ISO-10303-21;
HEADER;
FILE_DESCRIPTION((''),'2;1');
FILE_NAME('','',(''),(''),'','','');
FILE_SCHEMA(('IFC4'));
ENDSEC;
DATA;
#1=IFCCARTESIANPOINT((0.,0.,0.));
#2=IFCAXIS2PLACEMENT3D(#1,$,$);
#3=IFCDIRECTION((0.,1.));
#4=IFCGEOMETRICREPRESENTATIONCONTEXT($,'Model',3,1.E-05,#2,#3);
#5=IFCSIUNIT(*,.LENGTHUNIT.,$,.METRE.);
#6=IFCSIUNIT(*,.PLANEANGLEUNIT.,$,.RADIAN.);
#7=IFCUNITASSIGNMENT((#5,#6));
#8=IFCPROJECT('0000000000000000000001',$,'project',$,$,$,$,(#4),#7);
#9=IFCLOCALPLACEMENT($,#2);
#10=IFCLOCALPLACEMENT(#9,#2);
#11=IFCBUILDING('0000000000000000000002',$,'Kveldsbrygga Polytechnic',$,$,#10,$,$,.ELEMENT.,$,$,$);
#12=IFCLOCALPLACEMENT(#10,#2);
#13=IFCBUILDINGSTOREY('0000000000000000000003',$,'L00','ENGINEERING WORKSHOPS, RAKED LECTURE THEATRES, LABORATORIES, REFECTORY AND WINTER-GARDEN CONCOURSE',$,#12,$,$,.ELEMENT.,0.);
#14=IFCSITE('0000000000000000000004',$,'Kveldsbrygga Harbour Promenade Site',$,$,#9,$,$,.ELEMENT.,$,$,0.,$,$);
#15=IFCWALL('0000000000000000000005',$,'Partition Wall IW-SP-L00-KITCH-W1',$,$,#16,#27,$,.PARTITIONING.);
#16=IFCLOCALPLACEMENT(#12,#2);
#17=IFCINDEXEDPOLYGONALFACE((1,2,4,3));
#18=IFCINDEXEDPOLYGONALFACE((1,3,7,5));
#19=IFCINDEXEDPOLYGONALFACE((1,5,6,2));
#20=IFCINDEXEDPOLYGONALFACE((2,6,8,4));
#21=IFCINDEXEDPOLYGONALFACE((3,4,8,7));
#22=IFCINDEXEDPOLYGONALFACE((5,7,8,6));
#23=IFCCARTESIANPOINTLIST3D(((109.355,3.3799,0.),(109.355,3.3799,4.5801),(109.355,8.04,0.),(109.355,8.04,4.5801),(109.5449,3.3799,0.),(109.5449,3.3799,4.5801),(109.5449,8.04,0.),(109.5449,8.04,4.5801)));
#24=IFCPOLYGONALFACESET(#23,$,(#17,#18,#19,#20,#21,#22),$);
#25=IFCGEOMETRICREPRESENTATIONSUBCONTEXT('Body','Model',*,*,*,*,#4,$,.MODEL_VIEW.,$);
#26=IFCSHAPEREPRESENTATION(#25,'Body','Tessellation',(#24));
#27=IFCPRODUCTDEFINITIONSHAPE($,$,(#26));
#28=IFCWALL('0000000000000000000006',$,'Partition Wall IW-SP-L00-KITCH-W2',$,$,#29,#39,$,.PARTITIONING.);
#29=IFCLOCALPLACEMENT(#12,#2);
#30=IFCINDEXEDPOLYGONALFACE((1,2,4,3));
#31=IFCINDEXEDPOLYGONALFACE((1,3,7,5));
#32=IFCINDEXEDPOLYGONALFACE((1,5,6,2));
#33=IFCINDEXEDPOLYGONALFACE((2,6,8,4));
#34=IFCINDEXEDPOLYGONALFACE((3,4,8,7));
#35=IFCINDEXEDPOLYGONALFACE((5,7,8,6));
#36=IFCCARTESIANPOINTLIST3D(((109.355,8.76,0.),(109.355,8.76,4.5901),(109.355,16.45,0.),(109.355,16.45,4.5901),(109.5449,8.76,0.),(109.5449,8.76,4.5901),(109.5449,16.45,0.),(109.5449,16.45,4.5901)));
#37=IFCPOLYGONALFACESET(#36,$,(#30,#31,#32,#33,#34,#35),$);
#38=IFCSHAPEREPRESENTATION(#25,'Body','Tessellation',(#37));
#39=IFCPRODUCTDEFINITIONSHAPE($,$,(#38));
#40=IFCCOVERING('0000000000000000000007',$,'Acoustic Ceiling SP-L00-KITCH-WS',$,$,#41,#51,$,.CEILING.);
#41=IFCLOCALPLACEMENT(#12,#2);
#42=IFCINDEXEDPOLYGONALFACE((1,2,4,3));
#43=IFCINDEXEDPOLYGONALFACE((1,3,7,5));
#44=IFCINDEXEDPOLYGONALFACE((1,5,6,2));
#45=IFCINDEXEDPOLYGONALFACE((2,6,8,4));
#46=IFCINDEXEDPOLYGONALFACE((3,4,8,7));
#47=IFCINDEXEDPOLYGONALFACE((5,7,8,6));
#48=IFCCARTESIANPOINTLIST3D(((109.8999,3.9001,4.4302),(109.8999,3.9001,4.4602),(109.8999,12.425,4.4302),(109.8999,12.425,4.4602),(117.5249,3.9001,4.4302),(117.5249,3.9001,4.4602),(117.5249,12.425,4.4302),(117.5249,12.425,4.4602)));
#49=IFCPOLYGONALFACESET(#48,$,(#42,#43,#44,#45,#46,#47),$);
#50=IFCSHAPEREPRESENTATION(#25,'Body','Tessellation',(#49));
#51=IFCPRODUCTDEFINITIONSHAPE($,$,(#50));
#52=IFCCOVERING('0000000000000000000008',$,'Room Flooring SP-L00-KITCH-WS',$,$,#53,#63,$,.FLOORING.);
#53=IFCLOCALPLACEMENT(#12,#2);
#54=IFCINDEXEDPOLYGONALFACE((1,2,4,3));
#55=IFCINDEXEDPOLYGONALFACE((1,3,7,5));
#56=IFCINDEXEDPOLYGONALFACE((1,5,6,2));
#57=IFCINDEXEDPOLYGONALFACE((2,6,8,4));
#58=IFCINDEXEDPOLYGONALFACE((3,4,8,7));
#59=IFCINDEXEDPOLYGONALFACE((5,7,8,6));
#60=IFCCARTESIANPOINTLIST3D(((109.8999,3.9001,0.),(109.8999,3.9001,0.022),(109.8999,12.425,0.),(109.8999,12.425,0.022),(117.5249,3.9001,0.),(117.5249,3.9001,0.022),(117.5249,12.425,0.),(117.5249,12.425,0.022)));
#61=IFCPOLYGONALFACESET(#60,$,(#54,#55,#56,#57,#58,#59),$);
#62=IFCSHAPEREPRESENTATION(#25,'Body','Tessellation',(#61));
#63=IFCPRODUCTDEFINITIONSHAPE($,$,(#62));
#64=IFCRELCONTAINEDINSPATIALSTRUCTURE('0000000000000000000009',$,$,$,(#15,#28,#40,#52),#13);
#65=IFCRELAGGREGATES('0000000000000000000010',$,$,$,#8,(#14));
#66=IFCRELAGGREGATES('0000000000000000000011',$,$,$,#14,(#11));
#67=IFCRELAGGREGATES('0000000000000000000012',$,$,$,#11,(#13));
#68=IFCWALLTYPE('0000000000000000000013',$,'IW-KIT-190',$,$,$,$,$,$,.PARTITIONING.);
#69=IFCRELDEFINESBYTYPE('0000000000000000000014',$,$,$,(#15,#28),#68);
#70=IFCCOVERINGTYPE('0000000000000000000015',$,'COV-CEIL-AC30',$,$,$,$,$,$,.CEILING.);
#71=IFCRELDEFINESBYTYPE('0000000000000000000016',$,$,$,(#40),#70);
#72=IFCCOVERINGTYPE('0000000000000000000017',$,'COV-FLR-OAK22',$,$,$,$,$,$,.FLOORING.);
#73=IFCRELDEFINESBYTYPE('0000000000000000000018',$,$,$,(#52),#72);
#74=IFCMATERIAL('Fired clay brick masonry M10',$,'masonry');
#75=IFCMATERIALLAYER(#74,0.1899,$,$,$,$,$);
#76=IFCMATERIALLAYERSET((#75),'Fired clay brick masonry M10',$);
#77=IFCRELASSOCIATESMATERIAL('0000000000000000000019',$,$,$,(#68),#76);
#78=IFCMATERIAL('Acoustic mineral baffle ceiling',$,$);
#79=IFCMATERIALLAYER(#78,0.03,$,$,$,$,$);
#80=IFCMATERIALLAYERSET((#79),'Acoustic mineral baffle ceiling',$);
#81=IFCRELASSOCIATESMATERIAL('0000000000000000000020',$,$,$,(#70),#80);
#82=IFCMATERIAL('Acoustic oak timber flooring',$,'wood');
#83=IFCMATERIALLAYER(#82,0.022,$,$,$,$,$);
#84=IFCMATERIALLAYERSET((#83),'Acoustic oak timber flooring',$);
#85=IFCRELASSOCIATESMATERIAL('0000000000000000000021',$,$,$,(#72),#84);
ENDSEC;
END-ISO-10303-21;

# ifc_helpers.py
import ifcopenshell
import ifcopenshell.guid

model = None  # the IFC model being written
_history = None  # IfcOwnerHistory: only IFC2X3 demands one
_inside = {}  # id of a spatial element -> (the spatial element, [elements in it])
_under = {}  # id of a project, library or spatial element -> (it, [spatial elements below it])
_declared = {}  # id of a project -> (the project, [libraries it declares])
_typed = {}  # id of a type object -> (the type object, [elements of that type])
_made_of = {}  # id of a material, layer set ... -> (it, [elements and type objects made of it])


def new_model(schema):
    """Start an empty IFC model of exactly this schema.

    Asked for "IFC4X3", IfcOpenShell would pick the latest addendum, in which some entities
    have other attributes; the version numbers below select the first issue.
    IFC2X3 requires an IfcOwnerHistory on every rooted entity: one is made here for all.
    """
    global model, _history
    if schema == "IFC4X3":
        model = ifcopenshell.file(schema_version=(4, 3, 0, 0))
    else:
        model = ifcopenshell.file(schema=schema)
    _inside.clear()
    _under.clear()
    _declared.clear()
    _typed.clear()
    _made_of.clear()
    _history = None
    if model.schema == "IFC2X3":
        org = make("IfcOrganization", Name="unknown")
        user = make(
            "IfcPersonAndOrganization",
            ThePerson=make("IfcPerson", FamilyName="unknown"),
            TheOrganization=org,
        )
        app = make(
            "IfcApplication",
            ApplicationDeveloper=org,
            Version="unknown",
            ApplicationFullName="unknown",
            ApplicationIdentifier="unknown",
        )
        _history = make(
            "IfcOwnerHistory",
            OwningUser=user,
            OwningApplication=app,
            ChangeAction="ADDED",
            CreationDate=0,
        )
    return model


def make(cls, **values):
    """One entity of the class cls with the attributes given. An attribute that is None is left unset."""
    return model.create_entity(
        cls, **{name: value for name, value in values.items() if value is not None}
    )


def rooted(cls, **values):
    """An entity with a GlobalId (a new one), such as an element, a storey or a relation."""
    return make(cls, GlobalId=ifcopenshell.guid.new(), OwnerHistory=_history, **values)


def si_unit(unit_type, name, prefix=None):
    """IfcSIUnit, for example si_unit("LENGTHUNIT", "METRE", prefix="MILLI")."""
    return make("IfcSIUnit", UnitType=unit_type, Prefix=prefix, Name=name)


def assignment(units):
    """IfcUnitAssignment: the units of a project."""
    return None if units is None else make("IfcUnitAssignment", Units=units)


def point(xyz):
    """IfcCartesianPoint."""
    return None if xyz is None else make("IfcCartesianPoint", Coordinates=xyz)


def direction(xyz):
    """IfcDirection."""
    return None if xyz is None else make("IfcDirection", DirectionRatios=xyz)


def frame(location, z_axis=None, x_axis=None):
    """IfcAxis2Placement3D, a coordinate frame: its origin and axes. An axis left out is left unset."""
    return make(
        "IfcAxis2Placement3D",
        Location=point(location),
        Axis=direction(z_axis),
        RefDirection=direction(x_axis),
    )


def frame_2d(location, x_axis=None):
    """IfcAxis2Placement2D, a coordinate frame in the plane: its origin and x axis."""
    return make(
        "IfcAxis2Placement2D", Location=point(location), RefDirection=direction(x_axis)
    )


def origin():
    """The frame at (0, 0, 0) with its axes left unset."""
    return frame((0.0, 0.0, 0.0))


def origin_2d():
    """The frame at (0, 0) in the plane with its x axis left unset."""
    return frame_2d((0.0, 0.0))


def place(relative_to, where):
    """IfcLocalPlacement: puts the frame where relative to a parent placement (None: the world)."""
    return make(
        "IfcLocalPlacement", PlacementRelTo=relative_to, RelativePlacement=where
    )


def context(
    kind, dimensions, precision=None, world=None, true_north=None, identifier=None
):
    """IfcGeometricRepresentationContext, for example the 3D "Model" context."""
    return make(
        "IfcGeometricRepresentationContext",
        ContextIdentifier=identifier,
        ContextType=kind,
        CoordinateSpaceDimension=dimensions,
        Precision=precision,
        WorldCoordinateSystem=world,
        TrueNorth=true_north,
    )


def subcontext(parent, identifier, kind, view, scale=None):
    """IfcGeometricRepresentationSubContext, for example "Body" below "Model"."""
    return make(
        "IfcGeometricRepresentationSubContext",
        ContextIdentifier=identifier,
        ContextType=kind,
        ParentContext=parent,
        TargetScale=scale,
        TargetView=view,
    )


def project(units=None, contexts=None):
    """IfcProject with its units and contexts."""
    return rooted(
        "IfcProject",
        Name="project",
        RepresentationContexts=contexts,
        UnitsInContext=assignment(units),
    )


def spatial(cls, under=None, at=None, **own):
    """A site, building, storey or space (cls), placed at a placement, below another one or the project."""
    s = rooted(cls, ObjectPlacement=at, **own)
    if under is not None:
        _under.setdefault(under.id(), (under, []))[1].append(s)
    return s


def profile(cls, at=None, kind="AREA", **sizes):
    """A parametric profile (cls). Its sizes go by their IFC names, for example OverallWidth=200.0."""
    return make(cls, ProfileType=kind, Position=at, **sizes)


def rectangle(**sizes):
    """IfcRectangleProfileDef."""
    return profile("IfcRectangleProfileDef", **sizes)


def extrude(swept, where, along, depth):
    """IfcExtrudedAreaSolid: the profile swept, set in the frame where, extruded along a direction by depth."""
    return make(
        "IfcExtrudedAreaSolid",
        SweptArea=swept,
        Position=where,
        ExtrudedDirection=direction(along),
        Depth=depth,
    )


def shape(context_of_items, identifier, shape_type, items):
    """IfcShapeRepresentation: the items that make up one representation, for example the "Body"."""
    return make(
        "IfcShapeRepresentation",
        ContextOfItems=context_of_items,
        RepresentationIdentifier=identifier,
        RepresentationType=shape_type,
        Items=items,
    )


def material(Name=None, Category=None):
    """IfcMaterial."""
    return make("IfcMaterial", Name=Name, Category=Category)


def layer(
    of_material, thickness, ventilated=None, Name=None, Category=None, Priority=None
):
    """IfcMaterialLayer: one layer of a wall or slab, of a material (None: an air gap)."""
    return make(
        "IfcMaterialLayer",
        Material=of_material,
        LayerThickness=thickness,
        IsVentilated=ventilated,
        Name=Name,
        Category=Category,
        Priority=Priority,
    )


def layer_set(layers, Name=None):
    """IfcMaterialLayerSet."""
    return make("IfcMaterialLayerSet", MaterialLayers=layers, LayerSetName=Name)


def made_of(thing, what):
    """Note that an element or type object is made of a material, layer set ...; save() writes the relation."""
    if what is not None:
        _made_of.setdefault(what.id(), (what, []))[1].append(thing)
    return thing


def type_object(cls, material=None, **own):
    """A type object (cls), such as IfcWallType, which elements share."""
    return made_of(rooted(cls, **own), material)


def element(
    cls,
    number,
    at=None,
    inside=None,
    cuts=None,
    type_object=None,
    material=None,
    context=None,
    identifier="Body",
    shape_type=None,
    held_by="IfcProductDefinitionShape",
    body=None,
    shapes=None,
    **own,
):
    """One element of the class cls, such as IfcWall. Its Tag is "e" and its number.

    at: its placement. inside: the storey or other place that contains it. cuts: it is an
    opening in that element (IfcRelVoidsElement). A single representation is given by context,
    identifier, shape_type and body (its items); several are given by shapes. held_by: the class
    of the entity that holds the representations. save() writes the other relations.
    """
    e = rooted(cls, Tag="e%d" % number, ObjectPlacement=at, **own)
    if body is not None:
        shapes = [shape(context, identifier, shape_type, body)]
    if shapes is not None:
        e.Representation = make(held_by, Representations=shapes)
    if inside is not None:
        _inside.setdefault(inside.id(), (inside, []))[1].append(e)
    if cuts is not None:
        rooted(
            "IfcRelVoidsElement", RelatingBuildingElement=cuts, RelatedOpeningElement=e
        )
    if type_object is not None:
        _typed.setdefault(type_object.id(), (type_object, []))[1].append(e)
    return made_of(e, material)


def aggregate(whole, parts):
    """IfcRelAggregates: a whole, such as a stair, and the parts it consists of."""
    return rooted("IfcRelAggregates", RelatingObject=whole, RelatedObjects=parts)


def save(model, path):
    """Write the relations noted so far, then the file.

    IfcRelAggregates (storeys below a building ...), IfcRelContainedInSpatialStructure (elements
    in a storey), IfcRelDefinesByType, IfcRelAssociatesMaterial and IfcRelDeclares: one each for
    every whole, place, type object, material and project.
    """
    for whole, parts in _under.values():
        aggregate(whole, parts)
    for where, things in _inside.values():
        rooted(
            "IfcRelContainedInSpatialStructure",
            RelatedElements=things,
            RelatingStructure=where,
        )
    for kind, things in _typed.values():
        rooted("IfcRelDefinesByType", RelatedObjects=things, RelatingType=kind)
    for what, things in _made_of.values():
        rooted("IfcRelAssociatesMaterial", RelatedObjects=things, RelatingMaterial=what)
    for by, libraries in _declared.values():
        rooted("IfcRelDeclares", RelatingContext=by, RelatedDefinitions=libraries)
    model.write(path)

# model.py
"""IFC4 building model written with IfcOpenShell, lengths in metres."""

from ifc_helpers import new_model, si_unit, direction, frame, frame_2d, origin, origin_2d, place, context, subcontext, project, spatial, rectangle, extrude, material, layer, layer_set, type_object, element, save


model = new_model("IFC4")

# Units and contexts
model_context = context("Model", 3, precision=1e-05, world=origin(), true_north=direction((0.0, 1.0)))
body_context = subcontext(model_context, "Body", "Model", "MODEL_VIEW")
ifc_project = project(units=[si_unit("LENGTHUNIT", "METRE"), si_unit("PLANEANGLEUNIT", "RADIAN")], contexts=[model_context])

# Site, building, storey
site_placement = place(None, origin())
site = spatial("IfcSite", under=ifc_project, at=site_placement, Name="Kveldsbrygga Harbour Promenade Site", CompositionType="ELEMENT", RefElevation=0.0)
building_placement = place(site_placement, origin())
building = spatial("IfcBuilding", under=site, at=building_placement, Name="Kveldsbrygga Polytechnic", CompositionType="ELEMENT")
storey_placement = place(building_placement, origin())
storey = spatial("IfcBuildingStorey", under=building, at=storey_placement, Name="L00", Description="ENGINEERING WORKSHOPS, RAKED LECTURE THEATRES, LABORATORIES, REFECTORY AND WINTER-GARDEN CONCOURSE", CompositionType="ELEMENT", Elevation=0.0)

# Shared definitions
ifc_material_1 = material(Name="Fired clay brick masonry M10", Category="masonry")

# Walls
ifc_layer_1 = layer(ifc_material_1, 0.1899)
ifc_layer_set_1 = layer_set([ifc_layer_1], Name="Fired clay brick masonry M10")
wall_type_1 = type_object("IfcWallType", Name="IW-KIT-190", PredefinedType="PARTITIONING", material=ifc_layer_set_1)
wall_1_placement = place(storey_placement, frame((109.45, 3.3799, 0.0), z_axis=(0.0, 0.0, 1.0), x_axis=(0.0, 1.0, 0.0)))
element("IfcWall", 1, at=wall_1_placement, inside=storey, type_object=wall_type_1, Name="Partition Wall IW-SP-L00-KITCH-W1", PredefinedType="PARTITIONING", context=body_context, shape_type="SweptSolid", body=[
    extrude(rectangle(XDim=4.6602, YDim=0.1899, at=frame_2d((2.3301, 0.0))), origin(), (0.0, 0.0, 1.0), 4.5801),
])
wall_2_placement = place(storey_placement, frame((109.45, 8.76, 0.0), z_axis=(0.0, 0.0, 1.0), x_axis=(0.0, 1.0, 0.0)))
element("IfcWall", 2, at=wall_2_placement, inside=storey, type_object=wall_type_1, Name="Partition Wall IW-SP-L00-KITCH-W2", PredefinedType="PARTITIONING", context=body_context, shape_type="SweptSolid", body=[
    extrude(rectangle(XDim=7.6899, YDim=0.1899, at=frame_2d((3.845, 0.0))), origin(), (0.0, 0.0, 1.0), 4.5901),
])

# Coverings
ifc_material_2 = material(Name="Acoustic mineral baffle ceiling")
ifc_layer_2 = layer(ifc_material_2, 0.03)
ifc_layer_set_2 = layer_set([ifc_layer_2], Name="Acoustic mineral baffle ceiling")
covering_type_1 = type_object("IfcCoveringType", Name="COV-CEIL-AC30", PredefinedType="CEILING", material=ifc_layer_set_2)
covering_1_placement = place(storey_placement, frame((113.7124, 8.1626, 4.4302), z_axis=(0.0, 0.0, 1.0), x_axis=(1.0, 0.0, 0.0)))
element("IfcCovering", 3, at=covering_1_placement, inside=storey, type_object=covering_type_1, Name="Acoustic Ceiling SP-L00-KITCH-WS", PredefinedType="CEILING", context=body_context, shape_type="SweptSolid", body=[
    extrude(rectangle(XDim=7.625, YDim=8.5249, at=origin_2d()), origin(), (0.0, 0.0, 1.0), 0.03),
])
ifc_material_3 = material(Name="Acoustic oak timber flooring", Category="wood")
ifc_layer_3 = layer(ifc_material_3, 0.022)
ifc_layer_set_3 = layer_set([ifc_layer_3], Name="Acoustic oak timber flooring")
covering_type_2 = type_object("IfcCoveringType", Name="COV-FLR-OAK22", PredefinedType="FLOORING", material=ifc_layer_set_3)
covering_2_placement = place(storey_placement, frame((113.7124, 8.1626, 0.0), z_axis=(0.0, 0.0, 1.0), x_axis=(1.0, 0.0, 0.0)))
element("IfcCovering", 4, at=covering_2_placement, inside=storey, type_object=covering_type_2, Name="Room Flooring SP-L00-KITCH-WS", PredefinedType="FLOORING", context=body_context, shape_type="SweptSolid", body=[
    extrude(rectangle(XDim=7.625, YDim=8.5249, at=origin_2d()), origin(), (0.0, 0.0, 1.0), 0.022),
])

save(model, "model.ifc")
